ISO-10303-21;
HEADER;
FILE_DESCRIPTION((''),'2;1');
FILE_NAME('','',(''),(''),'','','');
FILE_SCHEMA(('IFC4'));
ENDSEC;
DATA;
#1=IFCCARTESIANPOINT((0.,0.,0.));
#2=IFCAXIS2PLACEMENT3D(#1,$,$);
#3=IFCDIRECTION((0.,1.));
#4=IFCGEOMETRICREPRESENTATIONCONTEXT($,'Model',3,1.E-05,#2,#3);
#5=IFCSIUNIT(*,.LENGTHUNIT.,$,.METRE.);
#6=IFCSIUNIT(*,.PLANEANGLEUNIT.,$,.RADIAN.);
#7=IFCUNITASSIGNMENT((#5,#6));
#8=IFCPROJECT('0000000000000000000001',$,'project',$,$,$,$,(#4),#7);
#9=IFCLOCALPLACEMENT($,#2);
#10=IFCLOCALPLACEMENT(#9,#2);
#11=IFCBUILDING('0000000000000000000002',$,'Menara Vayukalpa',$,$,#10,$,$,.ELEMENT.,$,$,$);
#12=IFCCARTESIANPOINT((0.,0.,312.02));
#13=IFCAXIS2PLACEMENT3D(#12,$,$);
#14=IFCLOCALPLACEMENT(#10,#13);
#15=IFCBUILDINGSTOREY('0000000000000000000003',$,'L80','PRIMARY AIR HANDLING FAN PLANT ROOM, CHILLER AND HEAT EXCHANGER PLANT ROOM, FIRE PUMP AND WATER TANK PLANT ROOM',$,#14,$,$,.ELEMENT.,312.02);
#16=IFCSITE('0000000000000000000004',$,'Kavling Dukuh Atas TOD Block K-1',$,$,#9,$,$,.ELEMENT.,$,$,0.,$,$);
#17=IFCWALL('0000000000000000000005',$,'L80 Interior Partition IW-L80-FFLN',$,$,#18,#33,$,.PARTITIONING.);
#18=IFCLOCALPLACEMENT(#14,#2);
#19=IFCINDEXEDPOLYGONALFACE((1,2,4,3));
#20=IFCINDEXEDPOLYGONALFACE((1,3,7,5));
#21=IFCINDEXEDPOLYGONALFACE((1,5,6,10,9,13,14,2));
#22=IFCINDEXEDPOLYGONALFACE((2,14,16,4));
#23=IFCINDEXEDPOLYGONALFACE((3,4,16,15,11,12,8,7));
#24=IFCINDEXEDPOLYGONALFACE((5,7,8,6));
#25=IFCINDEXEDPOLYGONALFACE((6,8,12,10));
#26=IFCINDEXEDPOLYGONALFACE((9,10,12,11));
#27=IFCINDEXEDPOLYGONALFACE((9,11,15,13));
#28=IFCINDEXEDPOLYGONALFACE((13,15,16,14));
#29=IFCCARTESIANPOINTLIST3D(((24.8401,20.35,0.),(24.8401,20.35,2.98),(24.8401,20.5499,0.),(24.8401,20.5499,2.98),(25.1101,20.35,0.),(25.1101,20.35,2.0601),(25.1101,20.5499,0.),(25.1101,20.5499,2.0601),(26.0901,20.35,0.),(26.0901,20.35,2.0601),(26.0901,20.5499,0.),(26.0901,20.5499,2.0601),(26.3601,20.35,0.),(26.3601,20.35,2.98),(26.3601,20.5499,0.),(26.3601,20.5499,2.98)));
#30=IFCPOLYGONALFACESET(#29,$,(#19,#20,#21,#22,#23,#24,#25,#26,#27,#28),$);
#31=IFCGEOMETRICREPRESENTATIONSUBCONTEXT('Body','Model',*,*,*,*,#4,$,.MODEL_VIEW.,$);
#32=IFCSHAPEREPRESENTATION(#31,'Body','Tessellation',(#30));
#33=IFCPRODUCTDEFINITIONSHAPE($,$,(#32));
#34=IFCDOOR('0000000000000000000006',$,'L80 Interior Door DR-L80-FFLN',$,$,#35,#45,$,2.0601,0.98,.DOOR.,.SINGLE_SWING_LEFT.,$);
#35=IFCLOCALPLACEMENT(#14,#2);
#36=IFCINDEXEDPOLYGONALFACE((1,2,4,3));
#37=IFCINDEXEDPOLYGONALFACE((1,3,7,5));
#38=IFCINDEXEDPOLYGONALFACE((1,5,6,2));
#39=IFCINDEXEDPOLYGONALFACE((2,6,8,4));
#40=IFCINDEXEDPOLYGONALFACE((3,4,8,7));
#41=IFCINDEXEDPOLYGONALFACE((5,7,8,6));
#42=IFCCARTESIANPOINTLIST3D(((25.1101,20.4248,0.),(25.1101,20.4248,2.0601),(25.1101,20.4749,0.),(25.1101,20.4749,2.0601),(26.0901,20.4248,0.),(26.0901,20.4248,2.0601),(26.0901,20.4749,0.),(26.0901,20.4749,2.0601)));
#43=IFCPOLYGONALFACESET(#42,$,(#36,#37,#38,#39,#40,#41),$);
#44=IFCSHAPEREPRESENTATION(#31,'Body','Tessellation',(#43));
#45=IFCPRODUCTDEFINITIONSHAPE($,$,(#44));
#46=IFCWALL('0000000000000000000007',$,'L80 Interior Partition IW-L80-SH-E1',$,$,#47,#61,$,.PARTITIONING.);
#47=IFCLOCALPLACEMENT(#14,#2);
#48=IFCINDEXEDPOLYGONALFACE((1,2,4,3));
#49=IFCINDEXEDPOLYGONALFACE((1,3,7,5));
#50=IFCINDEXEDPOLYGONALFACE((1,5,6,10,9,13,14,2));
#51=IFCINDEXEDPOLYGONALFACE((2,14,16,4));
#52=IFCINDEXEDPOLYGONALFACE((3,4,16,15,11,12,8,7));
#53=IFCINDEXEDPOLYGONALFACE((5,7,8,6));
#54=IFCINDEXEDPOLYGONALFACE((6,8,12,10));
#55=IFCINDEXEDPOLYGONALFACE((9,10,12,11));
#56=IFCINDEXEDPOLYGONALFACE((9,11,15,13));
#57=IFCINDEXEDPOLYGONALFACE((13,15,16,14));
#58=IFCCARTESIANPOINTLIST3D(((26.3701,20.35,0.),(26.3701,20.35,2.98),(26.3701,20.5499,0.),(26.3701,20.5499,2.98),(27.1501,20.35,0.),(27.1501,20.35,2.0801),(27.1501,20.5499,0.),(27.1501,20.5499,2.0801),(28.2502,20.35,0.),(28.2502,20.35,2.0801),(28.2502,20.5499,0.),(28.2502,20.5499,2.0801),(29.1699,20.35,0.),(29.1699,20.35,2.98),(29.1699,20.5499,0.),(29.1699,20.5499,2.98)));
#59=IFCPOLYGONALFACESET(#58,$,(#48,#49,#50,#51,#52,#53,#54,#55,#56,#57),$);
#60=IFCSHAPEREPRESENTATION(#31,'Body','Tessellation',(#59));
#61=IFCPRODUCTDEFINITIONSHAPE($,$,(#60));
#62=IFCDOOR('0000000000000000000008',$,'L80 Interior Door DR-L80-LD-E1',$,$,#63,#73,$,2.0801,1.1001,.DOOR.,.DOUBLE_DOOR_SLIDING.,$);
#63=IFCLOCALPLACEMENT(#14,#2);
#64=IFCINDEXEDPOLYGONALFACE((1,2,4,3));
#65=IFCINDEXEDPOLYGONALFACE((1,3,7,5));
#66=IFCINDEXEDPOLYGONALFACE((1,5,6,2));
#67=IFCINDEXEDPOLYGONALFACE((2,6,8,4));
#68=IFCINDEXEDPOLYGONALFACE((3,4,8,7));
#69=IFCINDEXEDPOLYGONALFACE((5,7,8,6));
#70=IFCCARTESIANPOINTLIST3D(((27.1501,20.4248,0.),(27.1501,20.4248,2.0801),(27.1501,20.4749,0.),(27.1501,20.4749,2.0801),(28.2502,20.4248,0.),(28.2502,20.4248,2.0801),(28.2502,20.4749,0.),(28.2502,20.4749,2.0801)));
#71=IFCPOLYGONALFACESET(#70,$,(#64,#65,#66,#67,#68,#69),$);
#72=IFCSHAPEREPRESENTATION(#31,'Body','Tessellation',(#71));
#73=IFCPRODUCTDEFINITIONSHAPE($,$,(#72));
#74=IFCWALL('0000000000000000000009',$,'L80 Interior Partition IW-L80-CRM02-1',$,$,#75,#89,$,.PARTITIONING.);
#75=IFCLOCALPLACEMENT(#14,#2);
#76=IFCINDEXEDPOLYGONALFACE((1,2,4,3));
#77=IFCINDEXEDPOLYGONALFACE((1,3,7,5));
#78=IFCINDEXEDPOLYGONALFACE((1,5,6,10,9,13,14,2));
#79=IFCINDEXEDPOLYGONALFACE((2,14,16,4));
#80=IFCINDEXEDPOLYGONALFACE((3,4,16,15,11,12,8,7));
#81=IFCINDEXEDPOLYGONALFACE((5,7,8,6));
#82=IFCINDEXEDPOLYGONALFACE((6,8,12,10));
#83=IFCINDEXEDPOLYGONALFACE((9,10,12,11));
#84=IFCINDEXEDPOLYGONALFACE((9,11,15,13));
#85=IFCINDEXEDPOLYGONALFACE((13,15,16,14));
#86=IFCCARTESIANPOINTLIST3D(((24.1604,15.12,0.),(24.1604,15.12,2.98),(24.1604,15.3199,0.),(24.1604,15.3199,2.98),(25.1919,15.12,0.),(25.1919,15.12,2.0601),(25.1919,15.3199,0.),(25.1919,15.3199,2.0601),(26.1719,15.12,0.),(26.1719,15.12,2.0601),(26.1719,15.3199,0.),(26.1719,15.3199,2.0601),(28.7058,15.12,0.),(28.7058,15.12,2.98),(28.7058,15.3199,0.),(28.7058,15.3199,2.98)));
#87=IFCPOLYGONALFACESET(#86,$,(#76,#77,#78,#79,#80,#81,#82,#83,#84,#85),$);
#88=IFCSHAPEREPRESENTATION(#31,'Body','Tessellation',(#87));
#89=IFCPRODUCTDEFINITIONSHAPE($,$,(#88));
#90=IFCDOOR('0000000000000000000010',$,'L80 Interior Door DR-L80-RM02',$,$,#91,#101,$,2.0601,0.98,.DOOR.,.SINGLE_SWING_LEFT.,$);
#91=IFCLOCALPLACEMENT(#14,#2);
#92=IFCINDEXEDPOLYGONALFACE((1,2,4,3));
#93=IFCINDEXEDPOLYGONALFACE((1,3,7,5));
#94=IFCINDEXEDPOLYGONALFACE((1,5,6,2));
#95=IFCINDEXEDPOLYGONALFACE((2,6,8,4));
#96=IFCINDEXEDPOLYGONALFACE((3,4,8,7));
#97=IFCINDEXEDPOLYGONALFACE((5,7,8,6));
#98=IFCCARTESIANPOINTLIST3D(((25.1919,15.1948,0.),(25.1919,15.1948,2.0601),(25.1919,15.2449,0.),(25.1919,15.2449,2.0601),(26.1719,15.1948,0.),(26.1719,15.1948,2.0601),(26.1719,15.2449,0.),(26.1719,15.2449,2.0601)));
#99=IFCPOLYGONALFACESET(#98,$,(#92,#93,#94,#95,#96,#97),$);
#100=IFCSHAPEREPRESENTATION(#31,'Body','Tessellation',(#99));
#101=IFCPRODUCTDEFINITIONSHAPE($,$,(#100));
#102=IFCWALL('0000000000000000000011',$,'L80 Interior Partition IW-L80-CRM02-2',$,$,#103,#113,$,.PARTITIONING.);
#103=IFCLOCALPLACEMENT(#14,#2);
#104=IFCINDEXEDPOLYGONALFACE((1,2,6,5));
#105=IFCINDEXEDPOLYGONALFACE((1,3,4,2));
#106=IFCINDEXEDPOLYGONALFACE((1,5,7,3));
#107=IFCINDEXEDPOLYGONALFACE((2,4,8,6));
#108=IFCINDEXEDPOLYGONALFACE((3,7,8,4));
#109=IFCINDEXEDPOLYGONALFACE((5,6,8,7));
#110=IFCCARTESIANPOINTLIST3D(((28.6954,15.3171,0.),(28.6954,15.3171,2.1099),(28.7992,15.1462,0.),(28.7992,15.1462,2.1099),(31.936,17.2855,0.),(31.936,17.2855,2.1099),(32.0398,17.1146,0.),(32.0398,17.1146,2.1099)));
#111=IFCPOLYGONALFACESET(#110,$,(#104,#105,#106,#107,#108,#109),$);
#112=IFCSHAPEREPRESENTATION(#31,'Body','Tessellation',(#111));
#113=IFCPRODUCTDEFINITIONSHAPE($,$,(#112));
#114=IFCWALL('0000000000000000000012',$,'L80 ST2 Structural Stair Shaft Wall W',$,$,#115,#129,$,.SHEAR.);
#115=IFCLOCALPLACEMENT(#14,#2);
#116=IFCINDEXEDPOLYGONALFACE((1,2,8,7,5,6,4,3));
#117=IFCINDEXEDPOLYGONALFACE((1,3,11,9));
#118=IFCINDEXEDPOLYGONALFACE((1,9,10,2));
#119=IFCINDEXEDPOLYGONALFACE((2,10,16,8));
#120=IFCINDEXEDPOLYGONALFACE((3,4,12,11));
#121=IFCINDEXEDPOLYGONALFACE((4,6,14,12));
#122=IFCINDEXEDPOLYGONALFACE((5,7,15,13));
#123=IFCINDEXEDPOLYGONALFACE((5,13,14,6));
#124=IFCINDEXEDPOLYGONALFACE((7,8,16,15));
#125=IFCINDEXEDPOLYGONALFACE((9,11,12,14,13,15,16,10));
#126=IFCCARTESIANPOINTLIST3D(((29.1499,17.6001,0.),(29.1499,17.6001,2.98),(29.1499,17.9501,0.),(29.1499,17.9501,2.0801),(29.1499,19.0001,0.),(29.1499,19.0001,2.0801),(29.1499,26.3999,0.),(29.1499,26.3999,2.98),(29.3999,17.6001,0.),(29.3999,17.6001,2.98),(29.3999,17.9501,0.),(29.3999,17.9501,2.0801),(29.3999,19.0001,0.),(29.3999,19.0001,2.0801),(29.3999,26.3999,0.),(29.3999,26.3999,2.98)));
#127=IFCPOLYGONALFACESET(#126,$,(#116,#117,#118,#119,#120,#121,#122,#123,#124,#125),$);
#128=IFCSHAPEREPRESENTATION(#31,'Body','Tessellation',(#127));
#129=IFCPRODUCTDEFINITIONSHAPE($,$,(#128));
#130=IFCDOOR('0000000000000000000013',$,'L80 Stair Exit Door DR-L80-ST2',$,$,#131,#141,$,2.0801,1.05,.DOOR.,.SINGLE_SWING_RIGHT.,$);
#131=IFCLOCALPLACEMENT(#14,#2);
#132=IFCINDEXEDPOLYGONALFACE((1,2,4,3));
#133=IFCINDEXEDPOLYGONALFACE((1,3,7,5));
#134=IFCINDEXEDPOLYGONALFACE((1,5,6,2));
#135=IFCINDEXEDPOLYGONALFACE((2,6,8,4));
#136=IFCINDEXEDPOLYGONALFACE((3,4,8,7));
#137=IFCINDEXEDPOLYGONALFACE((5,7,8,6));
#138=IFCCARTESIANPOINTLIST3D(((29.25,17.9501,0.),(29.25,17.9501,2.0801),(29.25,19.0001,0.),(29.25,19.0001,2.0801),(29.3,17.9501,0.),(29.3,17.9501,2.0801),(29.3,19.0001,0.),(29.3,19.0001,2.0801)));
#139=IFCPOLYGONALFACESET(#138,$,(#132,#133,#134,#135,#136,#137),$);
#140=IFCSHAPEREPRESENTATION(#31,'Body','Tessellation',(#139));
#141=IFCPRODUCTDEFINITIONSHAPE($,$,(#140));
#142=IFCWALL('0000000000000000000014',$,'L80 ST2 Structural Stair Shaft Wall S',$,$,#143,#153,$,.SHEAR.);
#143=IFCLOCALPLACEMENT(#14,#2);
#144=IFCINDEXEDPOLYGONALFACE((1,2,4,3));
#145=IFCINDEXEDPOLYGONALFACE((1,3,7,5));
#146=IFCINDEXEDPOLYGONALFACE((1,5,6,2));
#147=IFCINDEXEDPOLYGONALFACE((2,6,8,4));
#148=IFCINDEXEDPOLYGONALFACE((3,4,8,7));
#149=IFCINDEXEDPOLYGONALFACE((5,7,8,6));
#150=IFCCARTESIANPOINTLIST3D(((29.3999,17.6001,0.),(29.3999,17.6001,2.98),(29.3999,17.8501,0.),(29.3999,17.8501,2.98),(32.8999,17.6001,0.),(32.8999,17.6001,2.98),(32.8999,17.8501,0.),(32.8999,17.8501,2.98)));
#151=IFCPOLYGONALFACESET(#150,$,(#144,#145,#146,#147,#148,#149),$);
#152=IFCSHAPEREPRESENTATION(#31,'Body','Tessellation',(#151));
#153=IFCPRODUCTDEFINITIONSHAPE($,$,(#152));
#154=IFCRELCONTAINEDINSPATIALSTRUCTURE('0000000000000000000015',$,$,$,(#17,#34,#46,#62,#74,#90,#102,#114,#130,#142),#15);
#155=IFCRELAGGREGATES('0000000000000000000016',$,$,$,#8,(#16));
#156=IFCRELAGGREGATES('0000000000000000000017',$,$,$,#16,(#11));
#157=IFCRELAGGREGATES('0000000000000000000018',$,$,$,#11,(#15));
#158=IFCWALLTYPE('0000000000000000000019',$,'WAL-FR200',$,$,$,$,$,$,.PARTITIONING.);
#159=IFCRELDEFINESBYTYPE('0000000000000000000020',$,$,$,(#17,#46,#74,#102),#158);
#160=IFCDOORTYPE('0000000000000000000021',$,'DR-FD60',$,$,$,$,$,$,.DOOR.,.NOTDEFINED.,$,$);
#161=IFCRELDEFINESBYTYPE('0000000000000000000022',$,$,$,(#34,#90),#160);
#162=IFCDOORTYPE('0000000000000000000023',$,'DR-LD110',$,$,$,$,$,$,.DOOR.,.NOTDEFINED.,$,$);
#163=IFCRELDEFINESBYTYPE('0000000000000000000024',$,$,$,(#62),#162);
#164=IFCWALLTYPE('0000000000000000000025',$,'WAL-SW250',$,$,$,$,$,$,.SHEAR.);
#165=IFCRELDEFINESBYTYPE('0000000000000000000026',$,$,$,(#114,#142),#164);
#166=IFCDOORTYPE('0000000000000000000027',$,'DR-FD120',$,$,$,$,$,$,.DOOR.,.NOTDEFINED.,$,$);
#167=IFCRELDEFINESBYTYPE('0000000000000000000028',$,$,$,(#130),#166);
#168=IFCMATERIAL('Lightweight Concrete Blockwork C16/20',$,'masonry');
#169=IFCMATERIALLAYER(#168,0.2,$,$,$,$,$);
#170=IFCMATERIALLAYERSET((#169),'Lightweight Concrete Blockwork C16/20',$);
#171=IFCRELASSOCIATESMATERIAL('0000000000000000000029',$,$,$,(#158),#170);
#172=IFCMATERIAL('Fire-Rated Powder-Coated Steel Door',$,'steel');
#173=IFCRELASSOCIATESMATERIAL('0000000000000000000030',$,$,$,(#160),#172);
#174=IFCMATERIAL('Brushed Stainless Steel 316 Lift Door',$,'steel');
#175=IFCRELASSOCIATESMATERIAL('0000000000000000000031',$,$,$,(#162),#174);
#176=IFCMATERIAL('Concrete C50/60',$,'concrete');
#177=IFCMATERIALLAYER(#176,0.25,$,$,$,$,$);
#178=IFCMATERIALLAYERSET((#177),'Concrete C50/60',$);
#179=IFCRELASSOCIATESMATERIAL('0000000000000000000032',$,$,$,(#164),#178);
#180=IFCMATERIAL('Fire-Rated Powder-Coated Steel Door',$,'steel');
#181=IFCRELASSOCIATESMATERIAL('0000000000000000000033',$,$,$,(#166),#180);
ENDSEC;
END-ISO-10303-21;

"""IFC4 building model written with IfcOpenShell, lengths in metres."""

from ifc_helpers import new_model, si_unit, direction, frame, frame_2d, origin, place, context, subcontext, project, spatial, rectangle, extrude, material, layer, layer_set, type_object, element, fill, save


model = new_model("IFC4")

# Units and contexts
model_context = context("Model", 3, precision=1e-05, world=origin(), true_north=direction((0.0, 1.0)))
body_context = subcontext(model_context, "Body", "Model", "MODEL_VIEW")
ifc_project = project(units=[si_unit("LENGTHUNIT", "METRE"), si_unit("PLANEANGLEUNIT", "RADIAN")], contexts=[model_context])

# Site, building, storey
site_placement = place(None, origin())
site = spatial("IfcSite", under=ifc_project, at=site_placement, Name="Kavling Dukuh Atas TOD Block K-1", CompositionType="ELEMENT", RefElevation=0.0)
building_placement = place(site_placement, origin())
building = spatial("IfcBuilding", under=site, at=building_placement, Name="Menara Vayukalpa", CompositionType="ELEMENT")
storey_placement = place(building_placement, frame((0.0, 0.0, 312.02)))
storey = spatial("IfcBuildingStorey", under=building, at=storey_placement, Name="L80", Description="PRIMARY AIR HANDLING FAN PLANT ROOM, CHILLER AND HEAT EXCHANGER PLANT ROOM, FIRE PUMP AND WATER TANK PLANT ROOM", CompositionType="ELEMENT", Elevation=312.02)

# Walls, openings, doors
ifc_material_1 = material(Name="Lightweight Concrete Blockwork C16/20", Category="masonry")
ifc_layer_1 = layer(ifc_material_1, 0.2)
ifc_layer_set_1 = layer_set([ifc_layer_1], Name="Lightweight Concrete Blockwork C16/20")
wall_type_1 = type_object("IfcWallType", Name="WAL-FR200", PredefinedType="PARTITIONING", material=ifc_layer_set_1)
wall_1_placement = place(storey_placement, frame((24.8401, 20.45, 0.0), z_axis=(0.0, 0.0, 1.0), x_axis=(1.0, 0.0, 0.0)))
wall_1 = element("IfcWall", 1, at=wall_1_placement, inside=storey, type_object=wall_type_1, Name="L80 Interior Partition IW-L80-FFLN", PredefinedType="PARTITIONING", context=body_context, shape_type="SweptSolid", body=[
    extrude(rectangle(XDim=1.52, YDim=0.2, at=frame_2d((0.76, 0.0))), origin(), (0.0, 0.0, 1.0), 2.98),
])
opening_1_placement = place(wall_1_placement, frame((0.27, 0.0, 0.0)))
opening_1 = element("IfcOpeningElement", 2, at=opening_1_placement, cuts=wall_1, PredefinedType="OPENING", context=body_context, shape_type="SweptSolid", body=[
    extrude(rectangle(XDim=0.98, YDim=2.0601, at=frame_2d((0.49, 1.03))), frame((0.0, 0.1099, 0.0), z_axis=(0.0, -1.0, 0.0), x_axis=(1.0, 0.0, 0.0)), (0.0, 0.0, 1.0), 0.22),
])
ifc_material_2 = material(Name="Fire-Rated Powder-Coated Steel Door", Category="steel")
door_type_1 = type_object("IfcDoorType", Name="DR-FD60", OperationType="NOTDEFINED", PredefinedType="DOOR", material=ifc_material_2)
door_1_placement = place(opening_1_placement, origin())
door_1 = element("IfcDoor", 3, at=door_1_placement, inside=storey, type_object=door_type_1, Name="L80 Interior Door DR-L80-FFLN", OperationType="SINGLE_SWING_LEFT", OverallHeight=2.0601, OverallWidth=0.98, PredefinedType="DOOR", context=body_context, shape_type="SweptSolid", body=[
    extrude(rectangle(XDim=0.98, YDim=2.0601, at=frame_2d((0.49, 1.03))), frame((0.0, 0.0249, 0.0), z_axis=(0.0, -1.0, 0.0), x_axis=(1.0, 0.0, 0.0)), (0.0, 0.0, 1.0), 0.05),
])
fill(opening_1, door_1)
wall_2_placement = place(storey_placement, frame((26.3701, 20.45, 0.0), z_axis=(0.0, 0.0, 1.0), x_axis=(1.0, 0.0, 0.0)))
wall_2 = element("IfcWall", 4, at=wall_2_placement, inside=storey, type_object=wall_type_1, Name="L80 Interior Partition IW-L80-SH-E1", PredefinedType="PARTITIONING", context=body_context, shape_type="SweptSolid", body=[
    extrude(rectangle(XDim=2.7998, YDim=0.2, at=frame_2d((1.3999, 0.0))), origin(), (0.0, 0.0, 1.0), 2.98),
])
opening_2_placement = place(wall_2_placement, frame((0.78, 0.0, 0.0)))
opening_2 = element("IfcOpeningElement", 5, at=opening_2_placement, cuts=wall_2, PredefinedType="OPENING", context=body_context, shape_type="SweptSolid", body=[
    extrude(rectangle(XDim=1.1001, YDim=2.0801, at=frame_2d((0.55, 1.04))), frame((0.0, 0.1099, 0.0), z_axis=(0.0, -1.0, 0.0), x_axis=(1.0, 0.0, 0.0)), (0.0, 0.0, 1.0), 0.22),
])
ifc_material_3 = material(Name="Brushed Stainless Steel 316 Lift Door", Category="steel")
door_type_2 = type_object("IfcDoorType", Name="DR-LD110", OperationType="NOTDEFINED", PredefinedType="DOOR", material=ifc_material_3)
door_2_placement = place(opening_2_placement, origin())
door_2 = element("IfcDoor", 6, at=door_2_placement, inside=storey, type_object=door_type_2, Name="L80 Interior Door DR-L80-LD-E1", OperationType="DOUBLE_DOOR_SLIDING", OverallHeight=2.0801, OverallWidth=1.1001, PredefinedType="DOOR", context=body_context, shape_type="SweptSolid", body=[
    extrude(rectangle(XDim=1.1001, YDim=2.0801, at=frame_2d((0.55, 1.04))), frame((0.0, 0.0249, 0.0), z_axis=(0.0, -1.0, 0.0), x_axis=(1.0, 0.0, 0.0)), (0.0, 0.0, 1.0), 0.05),
])
fill(opening_2, door_2)
wall_3_placement = place(storey_placement, frame((24.1604, 15.22, 0.0), z_axis=(0.0, 0.0, 1.0), x_axis=(1.0, 0.0, 0.0)))
wall_3 = element("IfcWall", 7, at=wall_3_placement, inside=storey, type_object=wall_type_1, Name="L80 Interior Partition IW-L80-CRM02-1", PredefinedType="PARTITIONING", context=body_context, shape_type="SweptSolid", body=[
    extrude(rectangle(XDim=4.5454, YDim=0.2, at=frame_2d((2.2727, 0.0))), origin(), (0.0, 0.0, 1.0), 2.98),
])
opening_3_placement = place(wall_3_placement, frame((1.0315, 0.0, 0.0)))
opening_3 = element("IfcOpeningElement", 8, at=opening_3_placement, cuts=wall_3, PredefinedType="OPENING", context=body_context, shape_type="SweptSolid", body=[
    extrude(rectangle(XDim=0.98, YDim=2.0601, at=frame_2d((0.49, 1.03))), frame((0.0, 0.1099, 0.0), z_axis=(0.0, -1.0, 0.0), x_axis=(1.0, 0.0, 0.0)), (0.0, 0.0, 1.0), 0.22),
])
door_3_placement = place(opening_3_placement, origin())
door_3 = element("IfcDoor", 9, at=door_3_placement, inside=storey, type_object=door_type_1, Name="L80 Interior Door DR-L80-RM02", OperationType="SINGLE_SWING_LEFT", OverallHeight=2.0601, OverallWidth=0.98, PredefinedType="DOOR", context=body_context, shape_type="SweptSolid", body=[
    extrude(rectangle(XDim=0.98, YDim=2.0601, at=frame_2d((0.49, 1.03))), frame((0.0, 0.0249, 0.0), z_axis=(0.0, -1.0, 0.0), x_axis=(1.0, 0.0, 0.0)), (0.0, 0.0, 1.0), 0.05),
])
fill(opening_3, door_3)

# Wall
wall_4_placement = place(storey_placement, frame((28.7473, 15.2317, 0.0), z_axis=(0.0, 0.0, 1.0), x_axis=(0.854691, 0.519138, 0.0)))
element("IfcWall", 10, at=wall_4_placement, inside=storey, type_object=wall_type_1, Name="L80 Interior Partition IW-L80-CRM02-2", PredefinedType="PARTITIONING", context=body_context, shape_type="SweptSolid", body=[
    extrude(rectangle(XDim=3.7915, YDim=0.2, at=frame_2d((1.8958, 0.0))), origin(), (0.0, 0.0, 1.0), 2.1099),
])

# Wall, opening, door
ifc_material_4 = material(Name="Concrete C50/60", Category="concrete")
ifc_layer_2 = layer(ifc_material_4, 0.25)
ifc_layer_set_2 = layer_set([ifc_layer_2], Name="Concrete C50/60")
wall_type_2 = type_object("IfcWallType", Name="WAL-SW250", PredefinedType="SHEAR", material=ifc_layer_set_2)
wall_5_placement = place(storey_placement, frame((29.2749, 17.6001, 0.0), z_axis=(0.0, 0.0, 1.0), x_axis=(0.0, 1.0, 0.0)))
wall_5 = element("IfcWall", 11, at=wall_5_placement, inside=storey, type_object=wall_type_2, Name="L80 ST2 Structural Stair Shaft Wall W", PredefinedType="SHEAR", context=body_context, shape_type="SweptSolid", body=[
    extrude(rectangle(XDim=8.7998, YDim=0.25, at=frame_2d((4.3999, 0.0))), origin(), (0.0, 0.0, 1.0), 2.98),
])
opening_4_placement = place(wall_5_placement, frame((0.3501, 0.0, 0.0)))
opening_4 = element("IfcOpeningElement", 12, at=opening_4_placement, cuts=wall_5, PredefinedType="OPENING", context=body_context, shape_type="SweptSolid", body=[
    extrude(rectangle(XDim=1.05, YDim=2.0801, at=frame_2d((0.5249, 1.04))), frame((0.0, 0.135, 0.0), z_axis=(0.0, -1.0, 0.0), x_axis=(1.0, 0.0, 0.0)), (0.0, 0.0, 1.0), 0.27),
])
ifc_material_5 = material(Name="Fire-Rated Powder-Coated Steel Door", Category="steel")
door_type_3 = type_object("IfcDoorType", Name="DR-FD120", OperationType="NOTDEFINED", PredefinedType="DOOR", material=ifc_material_5)
door_4_placement = place(opening_4_placement, origin())
door_4 = element("IfcDoor", 13, at=door_4_placement, inside=storey, type_object=door_type_3, Name="L80 Stair Exit Door DR-L80-ST2", OperationType="SINGLE_SWING_RIGHT", OverallHeight=2.0801, OverallWidth=1.05, PredefinedType="DOOR", context=body_context, shape_type="SweptSolid", body=[
    extrude(rectangle(XDim=1.05, YDim=2.0801, at=frame_2d((0.5249, 1.04))), frame((0.0, 0.0249, 0.0), z_axis=(0.0, -1.0, 0.0), x_axis=(1.0, 0.0, 0.0)), (0.0, 0.0, 1.0), 0.05),
])
fill(opening_4, door_4)

# Wall
wall_6_placement = place(storey_placement, frame((29.3999, 17.7251, 0.0), z_axis=(0.0, 0.0, 1.0), x_axis=(1.0, 0.0, 0.0)))
element("IfcWall", 14, at=wall_6_placement, inside=storey, type_object=wall_type_2, Name="L80 ST2 Structural Stair Shaft Wall S", PredefinedType="SHEAR", context=body_context, shape_type="SweptSolid", body=[
    extrude(rectangle(XDim=3.5, YDim=0.25, at=frame_2d((1.75, 0.0))), origin(), (0.0, 0.0, 1.0), 2.98),
])

save(model, "model.ifc")
